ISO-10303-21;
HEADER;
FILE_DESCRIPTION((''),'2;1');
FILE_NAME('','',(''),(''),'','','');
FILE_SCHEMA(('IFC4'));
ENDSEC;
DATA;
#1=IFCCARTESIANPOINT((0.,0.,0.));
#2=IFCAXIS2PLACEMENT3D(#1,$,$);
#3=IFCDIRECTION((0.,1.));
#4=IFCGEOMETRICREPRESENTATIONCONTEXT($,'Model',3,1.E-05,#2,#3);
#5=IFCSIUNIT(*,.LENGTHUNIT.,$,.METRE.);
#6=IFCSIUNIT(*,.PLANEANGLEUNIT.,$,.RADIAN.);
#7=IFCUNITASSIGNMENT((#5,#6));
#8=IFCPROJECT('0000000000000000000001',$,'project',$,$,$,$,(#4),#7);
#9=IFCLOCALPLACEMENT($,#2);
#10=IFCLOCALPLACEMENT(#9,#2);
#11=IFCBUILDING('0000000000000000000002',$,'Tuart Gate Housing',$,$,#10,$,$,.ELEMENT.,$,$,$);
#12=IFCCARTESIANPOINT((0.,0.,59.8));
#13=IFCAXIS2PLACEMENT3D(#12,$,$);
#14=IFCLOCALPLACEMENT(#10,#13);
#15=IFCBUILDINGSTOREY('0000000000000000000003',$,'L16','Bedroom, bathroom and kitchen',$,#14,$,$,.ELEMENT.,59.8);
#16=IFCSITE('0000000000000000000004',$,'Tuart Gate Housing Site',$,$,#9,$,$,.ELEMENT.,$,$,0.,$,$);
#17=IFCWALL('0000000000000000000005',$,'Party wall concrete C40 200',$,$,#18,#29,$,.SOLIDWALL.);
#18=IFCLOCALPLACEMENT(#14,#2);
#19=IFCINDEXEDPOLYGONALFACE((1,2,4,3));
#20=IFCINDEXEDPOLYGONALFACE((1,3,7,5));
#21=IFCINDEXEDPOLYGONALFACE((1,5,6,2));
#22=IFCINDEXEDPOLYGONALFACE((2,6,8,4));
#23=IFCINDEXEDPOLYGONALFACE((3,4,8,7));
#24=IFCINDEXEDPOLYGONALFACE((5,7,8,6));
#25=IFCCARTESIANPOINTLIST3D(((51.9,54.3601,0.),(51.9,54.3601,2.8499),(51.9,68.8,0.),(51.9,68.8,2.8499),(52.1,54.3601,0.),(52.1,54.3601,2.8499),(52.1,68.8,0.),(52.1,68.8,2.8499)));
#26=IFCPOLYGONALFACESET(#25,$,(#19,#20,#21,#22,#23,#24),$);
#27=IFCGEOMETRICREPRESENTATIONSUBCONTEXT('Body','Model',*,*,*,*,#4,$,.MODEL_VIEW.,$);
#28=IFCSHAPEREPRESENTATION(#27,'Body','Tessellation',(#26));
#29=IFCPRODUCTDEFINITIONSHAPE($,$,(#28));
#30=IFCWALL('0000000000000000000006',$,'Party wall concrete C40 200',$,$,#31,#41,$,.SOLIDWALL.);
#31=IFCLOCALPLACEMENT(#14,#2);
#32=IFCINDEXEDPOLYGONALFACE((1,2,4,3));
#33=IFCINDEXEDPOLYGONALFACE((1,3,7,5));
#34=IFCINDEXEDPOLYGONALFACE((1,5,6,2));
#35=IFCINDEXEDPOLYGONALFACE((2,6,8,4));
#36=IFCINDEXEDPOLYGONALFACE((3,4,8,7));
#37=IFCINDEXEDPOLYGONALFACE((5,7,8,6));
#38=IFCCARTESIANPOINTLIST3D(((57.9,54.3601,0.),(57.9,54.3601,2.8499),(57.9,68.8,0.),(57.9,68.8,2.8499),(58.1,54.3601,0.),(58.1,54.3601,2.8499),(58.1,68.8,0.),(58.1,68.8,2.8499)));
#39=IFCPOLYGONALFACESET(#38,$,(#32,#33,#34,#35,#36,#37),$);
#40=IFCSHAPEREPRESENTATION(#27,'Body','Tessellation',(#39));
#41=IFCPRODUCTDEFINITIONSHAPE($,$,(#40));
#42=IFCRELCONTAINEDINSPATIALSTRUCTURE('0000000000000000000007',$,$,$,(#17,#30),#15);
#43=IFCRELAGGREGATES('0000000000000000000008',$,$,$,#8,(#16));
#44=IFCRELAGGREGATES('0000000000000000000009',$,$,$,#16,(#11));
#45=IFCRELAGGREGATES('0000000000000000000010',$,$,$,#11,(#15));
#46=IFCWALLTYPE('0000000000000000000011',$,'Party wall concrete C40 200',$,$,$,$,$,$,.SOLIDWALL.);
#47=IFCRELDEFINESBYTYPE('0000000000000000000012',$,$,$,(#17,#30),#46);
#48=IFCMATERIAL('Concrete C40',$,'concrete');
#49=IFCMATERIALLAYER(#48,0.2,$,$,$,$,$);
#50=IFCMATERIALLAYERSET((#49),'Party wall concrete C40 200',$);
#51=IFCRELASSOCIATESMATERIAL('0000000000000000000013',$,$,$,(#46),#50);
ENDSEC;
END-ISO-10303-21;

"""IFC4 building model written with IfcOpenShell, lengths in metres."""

from ifc_helpers import new_model, si_unit, direction, frame, frame_2d, origin, place, context, subcontext, project, spatial, rectangle, extrude, material, layer, layer_set, type_object, element, save


model = new_model("IFC4")

# Units and contexts
model_context = context("Model", 3, precision=1e-05, world=origin(), true_north=direction((0.0, 1.0)))
body_context = subcontext(model_context, "Body", "Model", "MODEL_VIEW")
ifc_project = project(units=[si_unit("LENGTHUNIT", "METRE"), si_unit("PLANEANGLEUNIT", "RADIAN")], contexts=[model_context])

# Site, building, storey
site_placement = place(None, origin())
site = spatial("IfcSite", under=ifc_project, at=site_placement, Name="Tuart Gate Housing Site", CompositionType="ELEMENT", RefElevation=0.0)
building_placement = place(site_placement, origin())
building = spatial("IfcBuilding", under=site, at=building_placement, Name="Tuart Gate Housing", CompositionType="ELEMENT")
storey_placement = place(building_placement, frame((0.0, 0.0, 59.8)))
storey = spatial("IfcBuildingStorey", under=building, at=storey_placement, Name="L16", Description="Bedroom, bathroom and kitchen", CompositionType="ELEMENT", Elevation=59.8)

# Walls
ifc_material_1 = material(Name="Concrete C40", Category="concrete")
ifc_layer_1 = layer(ifc_material_1, 0.2)
ifc_layer_set_1 = layer_set([ifc_layer_1], Name="Party wall concrete C40 200")
wall_type_1 = type_object("IfcWallType", Name="Party wall concrete C40 200", PredefinedType="SOLIDWALL", material=ifc_layer_set_1)
for number, where, z_axis, x_axis, name in (
    (1, (52.0, 54.3601, 0.0), (0.0, 0.0, 1.0), (0.0, 1.0, 0.0), "Party wall concrete C40 200"),
    (2, (58.0, 54.3601, 0.0), (0.0, 0.0, 1.0), (0.0, 1.0, 0.0), "Party wall concrete C40 200"),
):
    element("IfcWall", number, at=place(storey_placement, frame(where, z_axis=z_axis, x_axis=x_axis)), inside=storey, type_object=wall_type_1, Name=name, PredefinedType="SOLIDWALL", context=body_context, shape_type="SweptSolid", body=[
        extrude(rectangle(XDim=14.4399, YDim=0.2, at=frame_2d((7.22, 0.0))), origin(), (0.0, 0.0, 1.0), 2.8499),
    ])

save(model, "model.ifc")
